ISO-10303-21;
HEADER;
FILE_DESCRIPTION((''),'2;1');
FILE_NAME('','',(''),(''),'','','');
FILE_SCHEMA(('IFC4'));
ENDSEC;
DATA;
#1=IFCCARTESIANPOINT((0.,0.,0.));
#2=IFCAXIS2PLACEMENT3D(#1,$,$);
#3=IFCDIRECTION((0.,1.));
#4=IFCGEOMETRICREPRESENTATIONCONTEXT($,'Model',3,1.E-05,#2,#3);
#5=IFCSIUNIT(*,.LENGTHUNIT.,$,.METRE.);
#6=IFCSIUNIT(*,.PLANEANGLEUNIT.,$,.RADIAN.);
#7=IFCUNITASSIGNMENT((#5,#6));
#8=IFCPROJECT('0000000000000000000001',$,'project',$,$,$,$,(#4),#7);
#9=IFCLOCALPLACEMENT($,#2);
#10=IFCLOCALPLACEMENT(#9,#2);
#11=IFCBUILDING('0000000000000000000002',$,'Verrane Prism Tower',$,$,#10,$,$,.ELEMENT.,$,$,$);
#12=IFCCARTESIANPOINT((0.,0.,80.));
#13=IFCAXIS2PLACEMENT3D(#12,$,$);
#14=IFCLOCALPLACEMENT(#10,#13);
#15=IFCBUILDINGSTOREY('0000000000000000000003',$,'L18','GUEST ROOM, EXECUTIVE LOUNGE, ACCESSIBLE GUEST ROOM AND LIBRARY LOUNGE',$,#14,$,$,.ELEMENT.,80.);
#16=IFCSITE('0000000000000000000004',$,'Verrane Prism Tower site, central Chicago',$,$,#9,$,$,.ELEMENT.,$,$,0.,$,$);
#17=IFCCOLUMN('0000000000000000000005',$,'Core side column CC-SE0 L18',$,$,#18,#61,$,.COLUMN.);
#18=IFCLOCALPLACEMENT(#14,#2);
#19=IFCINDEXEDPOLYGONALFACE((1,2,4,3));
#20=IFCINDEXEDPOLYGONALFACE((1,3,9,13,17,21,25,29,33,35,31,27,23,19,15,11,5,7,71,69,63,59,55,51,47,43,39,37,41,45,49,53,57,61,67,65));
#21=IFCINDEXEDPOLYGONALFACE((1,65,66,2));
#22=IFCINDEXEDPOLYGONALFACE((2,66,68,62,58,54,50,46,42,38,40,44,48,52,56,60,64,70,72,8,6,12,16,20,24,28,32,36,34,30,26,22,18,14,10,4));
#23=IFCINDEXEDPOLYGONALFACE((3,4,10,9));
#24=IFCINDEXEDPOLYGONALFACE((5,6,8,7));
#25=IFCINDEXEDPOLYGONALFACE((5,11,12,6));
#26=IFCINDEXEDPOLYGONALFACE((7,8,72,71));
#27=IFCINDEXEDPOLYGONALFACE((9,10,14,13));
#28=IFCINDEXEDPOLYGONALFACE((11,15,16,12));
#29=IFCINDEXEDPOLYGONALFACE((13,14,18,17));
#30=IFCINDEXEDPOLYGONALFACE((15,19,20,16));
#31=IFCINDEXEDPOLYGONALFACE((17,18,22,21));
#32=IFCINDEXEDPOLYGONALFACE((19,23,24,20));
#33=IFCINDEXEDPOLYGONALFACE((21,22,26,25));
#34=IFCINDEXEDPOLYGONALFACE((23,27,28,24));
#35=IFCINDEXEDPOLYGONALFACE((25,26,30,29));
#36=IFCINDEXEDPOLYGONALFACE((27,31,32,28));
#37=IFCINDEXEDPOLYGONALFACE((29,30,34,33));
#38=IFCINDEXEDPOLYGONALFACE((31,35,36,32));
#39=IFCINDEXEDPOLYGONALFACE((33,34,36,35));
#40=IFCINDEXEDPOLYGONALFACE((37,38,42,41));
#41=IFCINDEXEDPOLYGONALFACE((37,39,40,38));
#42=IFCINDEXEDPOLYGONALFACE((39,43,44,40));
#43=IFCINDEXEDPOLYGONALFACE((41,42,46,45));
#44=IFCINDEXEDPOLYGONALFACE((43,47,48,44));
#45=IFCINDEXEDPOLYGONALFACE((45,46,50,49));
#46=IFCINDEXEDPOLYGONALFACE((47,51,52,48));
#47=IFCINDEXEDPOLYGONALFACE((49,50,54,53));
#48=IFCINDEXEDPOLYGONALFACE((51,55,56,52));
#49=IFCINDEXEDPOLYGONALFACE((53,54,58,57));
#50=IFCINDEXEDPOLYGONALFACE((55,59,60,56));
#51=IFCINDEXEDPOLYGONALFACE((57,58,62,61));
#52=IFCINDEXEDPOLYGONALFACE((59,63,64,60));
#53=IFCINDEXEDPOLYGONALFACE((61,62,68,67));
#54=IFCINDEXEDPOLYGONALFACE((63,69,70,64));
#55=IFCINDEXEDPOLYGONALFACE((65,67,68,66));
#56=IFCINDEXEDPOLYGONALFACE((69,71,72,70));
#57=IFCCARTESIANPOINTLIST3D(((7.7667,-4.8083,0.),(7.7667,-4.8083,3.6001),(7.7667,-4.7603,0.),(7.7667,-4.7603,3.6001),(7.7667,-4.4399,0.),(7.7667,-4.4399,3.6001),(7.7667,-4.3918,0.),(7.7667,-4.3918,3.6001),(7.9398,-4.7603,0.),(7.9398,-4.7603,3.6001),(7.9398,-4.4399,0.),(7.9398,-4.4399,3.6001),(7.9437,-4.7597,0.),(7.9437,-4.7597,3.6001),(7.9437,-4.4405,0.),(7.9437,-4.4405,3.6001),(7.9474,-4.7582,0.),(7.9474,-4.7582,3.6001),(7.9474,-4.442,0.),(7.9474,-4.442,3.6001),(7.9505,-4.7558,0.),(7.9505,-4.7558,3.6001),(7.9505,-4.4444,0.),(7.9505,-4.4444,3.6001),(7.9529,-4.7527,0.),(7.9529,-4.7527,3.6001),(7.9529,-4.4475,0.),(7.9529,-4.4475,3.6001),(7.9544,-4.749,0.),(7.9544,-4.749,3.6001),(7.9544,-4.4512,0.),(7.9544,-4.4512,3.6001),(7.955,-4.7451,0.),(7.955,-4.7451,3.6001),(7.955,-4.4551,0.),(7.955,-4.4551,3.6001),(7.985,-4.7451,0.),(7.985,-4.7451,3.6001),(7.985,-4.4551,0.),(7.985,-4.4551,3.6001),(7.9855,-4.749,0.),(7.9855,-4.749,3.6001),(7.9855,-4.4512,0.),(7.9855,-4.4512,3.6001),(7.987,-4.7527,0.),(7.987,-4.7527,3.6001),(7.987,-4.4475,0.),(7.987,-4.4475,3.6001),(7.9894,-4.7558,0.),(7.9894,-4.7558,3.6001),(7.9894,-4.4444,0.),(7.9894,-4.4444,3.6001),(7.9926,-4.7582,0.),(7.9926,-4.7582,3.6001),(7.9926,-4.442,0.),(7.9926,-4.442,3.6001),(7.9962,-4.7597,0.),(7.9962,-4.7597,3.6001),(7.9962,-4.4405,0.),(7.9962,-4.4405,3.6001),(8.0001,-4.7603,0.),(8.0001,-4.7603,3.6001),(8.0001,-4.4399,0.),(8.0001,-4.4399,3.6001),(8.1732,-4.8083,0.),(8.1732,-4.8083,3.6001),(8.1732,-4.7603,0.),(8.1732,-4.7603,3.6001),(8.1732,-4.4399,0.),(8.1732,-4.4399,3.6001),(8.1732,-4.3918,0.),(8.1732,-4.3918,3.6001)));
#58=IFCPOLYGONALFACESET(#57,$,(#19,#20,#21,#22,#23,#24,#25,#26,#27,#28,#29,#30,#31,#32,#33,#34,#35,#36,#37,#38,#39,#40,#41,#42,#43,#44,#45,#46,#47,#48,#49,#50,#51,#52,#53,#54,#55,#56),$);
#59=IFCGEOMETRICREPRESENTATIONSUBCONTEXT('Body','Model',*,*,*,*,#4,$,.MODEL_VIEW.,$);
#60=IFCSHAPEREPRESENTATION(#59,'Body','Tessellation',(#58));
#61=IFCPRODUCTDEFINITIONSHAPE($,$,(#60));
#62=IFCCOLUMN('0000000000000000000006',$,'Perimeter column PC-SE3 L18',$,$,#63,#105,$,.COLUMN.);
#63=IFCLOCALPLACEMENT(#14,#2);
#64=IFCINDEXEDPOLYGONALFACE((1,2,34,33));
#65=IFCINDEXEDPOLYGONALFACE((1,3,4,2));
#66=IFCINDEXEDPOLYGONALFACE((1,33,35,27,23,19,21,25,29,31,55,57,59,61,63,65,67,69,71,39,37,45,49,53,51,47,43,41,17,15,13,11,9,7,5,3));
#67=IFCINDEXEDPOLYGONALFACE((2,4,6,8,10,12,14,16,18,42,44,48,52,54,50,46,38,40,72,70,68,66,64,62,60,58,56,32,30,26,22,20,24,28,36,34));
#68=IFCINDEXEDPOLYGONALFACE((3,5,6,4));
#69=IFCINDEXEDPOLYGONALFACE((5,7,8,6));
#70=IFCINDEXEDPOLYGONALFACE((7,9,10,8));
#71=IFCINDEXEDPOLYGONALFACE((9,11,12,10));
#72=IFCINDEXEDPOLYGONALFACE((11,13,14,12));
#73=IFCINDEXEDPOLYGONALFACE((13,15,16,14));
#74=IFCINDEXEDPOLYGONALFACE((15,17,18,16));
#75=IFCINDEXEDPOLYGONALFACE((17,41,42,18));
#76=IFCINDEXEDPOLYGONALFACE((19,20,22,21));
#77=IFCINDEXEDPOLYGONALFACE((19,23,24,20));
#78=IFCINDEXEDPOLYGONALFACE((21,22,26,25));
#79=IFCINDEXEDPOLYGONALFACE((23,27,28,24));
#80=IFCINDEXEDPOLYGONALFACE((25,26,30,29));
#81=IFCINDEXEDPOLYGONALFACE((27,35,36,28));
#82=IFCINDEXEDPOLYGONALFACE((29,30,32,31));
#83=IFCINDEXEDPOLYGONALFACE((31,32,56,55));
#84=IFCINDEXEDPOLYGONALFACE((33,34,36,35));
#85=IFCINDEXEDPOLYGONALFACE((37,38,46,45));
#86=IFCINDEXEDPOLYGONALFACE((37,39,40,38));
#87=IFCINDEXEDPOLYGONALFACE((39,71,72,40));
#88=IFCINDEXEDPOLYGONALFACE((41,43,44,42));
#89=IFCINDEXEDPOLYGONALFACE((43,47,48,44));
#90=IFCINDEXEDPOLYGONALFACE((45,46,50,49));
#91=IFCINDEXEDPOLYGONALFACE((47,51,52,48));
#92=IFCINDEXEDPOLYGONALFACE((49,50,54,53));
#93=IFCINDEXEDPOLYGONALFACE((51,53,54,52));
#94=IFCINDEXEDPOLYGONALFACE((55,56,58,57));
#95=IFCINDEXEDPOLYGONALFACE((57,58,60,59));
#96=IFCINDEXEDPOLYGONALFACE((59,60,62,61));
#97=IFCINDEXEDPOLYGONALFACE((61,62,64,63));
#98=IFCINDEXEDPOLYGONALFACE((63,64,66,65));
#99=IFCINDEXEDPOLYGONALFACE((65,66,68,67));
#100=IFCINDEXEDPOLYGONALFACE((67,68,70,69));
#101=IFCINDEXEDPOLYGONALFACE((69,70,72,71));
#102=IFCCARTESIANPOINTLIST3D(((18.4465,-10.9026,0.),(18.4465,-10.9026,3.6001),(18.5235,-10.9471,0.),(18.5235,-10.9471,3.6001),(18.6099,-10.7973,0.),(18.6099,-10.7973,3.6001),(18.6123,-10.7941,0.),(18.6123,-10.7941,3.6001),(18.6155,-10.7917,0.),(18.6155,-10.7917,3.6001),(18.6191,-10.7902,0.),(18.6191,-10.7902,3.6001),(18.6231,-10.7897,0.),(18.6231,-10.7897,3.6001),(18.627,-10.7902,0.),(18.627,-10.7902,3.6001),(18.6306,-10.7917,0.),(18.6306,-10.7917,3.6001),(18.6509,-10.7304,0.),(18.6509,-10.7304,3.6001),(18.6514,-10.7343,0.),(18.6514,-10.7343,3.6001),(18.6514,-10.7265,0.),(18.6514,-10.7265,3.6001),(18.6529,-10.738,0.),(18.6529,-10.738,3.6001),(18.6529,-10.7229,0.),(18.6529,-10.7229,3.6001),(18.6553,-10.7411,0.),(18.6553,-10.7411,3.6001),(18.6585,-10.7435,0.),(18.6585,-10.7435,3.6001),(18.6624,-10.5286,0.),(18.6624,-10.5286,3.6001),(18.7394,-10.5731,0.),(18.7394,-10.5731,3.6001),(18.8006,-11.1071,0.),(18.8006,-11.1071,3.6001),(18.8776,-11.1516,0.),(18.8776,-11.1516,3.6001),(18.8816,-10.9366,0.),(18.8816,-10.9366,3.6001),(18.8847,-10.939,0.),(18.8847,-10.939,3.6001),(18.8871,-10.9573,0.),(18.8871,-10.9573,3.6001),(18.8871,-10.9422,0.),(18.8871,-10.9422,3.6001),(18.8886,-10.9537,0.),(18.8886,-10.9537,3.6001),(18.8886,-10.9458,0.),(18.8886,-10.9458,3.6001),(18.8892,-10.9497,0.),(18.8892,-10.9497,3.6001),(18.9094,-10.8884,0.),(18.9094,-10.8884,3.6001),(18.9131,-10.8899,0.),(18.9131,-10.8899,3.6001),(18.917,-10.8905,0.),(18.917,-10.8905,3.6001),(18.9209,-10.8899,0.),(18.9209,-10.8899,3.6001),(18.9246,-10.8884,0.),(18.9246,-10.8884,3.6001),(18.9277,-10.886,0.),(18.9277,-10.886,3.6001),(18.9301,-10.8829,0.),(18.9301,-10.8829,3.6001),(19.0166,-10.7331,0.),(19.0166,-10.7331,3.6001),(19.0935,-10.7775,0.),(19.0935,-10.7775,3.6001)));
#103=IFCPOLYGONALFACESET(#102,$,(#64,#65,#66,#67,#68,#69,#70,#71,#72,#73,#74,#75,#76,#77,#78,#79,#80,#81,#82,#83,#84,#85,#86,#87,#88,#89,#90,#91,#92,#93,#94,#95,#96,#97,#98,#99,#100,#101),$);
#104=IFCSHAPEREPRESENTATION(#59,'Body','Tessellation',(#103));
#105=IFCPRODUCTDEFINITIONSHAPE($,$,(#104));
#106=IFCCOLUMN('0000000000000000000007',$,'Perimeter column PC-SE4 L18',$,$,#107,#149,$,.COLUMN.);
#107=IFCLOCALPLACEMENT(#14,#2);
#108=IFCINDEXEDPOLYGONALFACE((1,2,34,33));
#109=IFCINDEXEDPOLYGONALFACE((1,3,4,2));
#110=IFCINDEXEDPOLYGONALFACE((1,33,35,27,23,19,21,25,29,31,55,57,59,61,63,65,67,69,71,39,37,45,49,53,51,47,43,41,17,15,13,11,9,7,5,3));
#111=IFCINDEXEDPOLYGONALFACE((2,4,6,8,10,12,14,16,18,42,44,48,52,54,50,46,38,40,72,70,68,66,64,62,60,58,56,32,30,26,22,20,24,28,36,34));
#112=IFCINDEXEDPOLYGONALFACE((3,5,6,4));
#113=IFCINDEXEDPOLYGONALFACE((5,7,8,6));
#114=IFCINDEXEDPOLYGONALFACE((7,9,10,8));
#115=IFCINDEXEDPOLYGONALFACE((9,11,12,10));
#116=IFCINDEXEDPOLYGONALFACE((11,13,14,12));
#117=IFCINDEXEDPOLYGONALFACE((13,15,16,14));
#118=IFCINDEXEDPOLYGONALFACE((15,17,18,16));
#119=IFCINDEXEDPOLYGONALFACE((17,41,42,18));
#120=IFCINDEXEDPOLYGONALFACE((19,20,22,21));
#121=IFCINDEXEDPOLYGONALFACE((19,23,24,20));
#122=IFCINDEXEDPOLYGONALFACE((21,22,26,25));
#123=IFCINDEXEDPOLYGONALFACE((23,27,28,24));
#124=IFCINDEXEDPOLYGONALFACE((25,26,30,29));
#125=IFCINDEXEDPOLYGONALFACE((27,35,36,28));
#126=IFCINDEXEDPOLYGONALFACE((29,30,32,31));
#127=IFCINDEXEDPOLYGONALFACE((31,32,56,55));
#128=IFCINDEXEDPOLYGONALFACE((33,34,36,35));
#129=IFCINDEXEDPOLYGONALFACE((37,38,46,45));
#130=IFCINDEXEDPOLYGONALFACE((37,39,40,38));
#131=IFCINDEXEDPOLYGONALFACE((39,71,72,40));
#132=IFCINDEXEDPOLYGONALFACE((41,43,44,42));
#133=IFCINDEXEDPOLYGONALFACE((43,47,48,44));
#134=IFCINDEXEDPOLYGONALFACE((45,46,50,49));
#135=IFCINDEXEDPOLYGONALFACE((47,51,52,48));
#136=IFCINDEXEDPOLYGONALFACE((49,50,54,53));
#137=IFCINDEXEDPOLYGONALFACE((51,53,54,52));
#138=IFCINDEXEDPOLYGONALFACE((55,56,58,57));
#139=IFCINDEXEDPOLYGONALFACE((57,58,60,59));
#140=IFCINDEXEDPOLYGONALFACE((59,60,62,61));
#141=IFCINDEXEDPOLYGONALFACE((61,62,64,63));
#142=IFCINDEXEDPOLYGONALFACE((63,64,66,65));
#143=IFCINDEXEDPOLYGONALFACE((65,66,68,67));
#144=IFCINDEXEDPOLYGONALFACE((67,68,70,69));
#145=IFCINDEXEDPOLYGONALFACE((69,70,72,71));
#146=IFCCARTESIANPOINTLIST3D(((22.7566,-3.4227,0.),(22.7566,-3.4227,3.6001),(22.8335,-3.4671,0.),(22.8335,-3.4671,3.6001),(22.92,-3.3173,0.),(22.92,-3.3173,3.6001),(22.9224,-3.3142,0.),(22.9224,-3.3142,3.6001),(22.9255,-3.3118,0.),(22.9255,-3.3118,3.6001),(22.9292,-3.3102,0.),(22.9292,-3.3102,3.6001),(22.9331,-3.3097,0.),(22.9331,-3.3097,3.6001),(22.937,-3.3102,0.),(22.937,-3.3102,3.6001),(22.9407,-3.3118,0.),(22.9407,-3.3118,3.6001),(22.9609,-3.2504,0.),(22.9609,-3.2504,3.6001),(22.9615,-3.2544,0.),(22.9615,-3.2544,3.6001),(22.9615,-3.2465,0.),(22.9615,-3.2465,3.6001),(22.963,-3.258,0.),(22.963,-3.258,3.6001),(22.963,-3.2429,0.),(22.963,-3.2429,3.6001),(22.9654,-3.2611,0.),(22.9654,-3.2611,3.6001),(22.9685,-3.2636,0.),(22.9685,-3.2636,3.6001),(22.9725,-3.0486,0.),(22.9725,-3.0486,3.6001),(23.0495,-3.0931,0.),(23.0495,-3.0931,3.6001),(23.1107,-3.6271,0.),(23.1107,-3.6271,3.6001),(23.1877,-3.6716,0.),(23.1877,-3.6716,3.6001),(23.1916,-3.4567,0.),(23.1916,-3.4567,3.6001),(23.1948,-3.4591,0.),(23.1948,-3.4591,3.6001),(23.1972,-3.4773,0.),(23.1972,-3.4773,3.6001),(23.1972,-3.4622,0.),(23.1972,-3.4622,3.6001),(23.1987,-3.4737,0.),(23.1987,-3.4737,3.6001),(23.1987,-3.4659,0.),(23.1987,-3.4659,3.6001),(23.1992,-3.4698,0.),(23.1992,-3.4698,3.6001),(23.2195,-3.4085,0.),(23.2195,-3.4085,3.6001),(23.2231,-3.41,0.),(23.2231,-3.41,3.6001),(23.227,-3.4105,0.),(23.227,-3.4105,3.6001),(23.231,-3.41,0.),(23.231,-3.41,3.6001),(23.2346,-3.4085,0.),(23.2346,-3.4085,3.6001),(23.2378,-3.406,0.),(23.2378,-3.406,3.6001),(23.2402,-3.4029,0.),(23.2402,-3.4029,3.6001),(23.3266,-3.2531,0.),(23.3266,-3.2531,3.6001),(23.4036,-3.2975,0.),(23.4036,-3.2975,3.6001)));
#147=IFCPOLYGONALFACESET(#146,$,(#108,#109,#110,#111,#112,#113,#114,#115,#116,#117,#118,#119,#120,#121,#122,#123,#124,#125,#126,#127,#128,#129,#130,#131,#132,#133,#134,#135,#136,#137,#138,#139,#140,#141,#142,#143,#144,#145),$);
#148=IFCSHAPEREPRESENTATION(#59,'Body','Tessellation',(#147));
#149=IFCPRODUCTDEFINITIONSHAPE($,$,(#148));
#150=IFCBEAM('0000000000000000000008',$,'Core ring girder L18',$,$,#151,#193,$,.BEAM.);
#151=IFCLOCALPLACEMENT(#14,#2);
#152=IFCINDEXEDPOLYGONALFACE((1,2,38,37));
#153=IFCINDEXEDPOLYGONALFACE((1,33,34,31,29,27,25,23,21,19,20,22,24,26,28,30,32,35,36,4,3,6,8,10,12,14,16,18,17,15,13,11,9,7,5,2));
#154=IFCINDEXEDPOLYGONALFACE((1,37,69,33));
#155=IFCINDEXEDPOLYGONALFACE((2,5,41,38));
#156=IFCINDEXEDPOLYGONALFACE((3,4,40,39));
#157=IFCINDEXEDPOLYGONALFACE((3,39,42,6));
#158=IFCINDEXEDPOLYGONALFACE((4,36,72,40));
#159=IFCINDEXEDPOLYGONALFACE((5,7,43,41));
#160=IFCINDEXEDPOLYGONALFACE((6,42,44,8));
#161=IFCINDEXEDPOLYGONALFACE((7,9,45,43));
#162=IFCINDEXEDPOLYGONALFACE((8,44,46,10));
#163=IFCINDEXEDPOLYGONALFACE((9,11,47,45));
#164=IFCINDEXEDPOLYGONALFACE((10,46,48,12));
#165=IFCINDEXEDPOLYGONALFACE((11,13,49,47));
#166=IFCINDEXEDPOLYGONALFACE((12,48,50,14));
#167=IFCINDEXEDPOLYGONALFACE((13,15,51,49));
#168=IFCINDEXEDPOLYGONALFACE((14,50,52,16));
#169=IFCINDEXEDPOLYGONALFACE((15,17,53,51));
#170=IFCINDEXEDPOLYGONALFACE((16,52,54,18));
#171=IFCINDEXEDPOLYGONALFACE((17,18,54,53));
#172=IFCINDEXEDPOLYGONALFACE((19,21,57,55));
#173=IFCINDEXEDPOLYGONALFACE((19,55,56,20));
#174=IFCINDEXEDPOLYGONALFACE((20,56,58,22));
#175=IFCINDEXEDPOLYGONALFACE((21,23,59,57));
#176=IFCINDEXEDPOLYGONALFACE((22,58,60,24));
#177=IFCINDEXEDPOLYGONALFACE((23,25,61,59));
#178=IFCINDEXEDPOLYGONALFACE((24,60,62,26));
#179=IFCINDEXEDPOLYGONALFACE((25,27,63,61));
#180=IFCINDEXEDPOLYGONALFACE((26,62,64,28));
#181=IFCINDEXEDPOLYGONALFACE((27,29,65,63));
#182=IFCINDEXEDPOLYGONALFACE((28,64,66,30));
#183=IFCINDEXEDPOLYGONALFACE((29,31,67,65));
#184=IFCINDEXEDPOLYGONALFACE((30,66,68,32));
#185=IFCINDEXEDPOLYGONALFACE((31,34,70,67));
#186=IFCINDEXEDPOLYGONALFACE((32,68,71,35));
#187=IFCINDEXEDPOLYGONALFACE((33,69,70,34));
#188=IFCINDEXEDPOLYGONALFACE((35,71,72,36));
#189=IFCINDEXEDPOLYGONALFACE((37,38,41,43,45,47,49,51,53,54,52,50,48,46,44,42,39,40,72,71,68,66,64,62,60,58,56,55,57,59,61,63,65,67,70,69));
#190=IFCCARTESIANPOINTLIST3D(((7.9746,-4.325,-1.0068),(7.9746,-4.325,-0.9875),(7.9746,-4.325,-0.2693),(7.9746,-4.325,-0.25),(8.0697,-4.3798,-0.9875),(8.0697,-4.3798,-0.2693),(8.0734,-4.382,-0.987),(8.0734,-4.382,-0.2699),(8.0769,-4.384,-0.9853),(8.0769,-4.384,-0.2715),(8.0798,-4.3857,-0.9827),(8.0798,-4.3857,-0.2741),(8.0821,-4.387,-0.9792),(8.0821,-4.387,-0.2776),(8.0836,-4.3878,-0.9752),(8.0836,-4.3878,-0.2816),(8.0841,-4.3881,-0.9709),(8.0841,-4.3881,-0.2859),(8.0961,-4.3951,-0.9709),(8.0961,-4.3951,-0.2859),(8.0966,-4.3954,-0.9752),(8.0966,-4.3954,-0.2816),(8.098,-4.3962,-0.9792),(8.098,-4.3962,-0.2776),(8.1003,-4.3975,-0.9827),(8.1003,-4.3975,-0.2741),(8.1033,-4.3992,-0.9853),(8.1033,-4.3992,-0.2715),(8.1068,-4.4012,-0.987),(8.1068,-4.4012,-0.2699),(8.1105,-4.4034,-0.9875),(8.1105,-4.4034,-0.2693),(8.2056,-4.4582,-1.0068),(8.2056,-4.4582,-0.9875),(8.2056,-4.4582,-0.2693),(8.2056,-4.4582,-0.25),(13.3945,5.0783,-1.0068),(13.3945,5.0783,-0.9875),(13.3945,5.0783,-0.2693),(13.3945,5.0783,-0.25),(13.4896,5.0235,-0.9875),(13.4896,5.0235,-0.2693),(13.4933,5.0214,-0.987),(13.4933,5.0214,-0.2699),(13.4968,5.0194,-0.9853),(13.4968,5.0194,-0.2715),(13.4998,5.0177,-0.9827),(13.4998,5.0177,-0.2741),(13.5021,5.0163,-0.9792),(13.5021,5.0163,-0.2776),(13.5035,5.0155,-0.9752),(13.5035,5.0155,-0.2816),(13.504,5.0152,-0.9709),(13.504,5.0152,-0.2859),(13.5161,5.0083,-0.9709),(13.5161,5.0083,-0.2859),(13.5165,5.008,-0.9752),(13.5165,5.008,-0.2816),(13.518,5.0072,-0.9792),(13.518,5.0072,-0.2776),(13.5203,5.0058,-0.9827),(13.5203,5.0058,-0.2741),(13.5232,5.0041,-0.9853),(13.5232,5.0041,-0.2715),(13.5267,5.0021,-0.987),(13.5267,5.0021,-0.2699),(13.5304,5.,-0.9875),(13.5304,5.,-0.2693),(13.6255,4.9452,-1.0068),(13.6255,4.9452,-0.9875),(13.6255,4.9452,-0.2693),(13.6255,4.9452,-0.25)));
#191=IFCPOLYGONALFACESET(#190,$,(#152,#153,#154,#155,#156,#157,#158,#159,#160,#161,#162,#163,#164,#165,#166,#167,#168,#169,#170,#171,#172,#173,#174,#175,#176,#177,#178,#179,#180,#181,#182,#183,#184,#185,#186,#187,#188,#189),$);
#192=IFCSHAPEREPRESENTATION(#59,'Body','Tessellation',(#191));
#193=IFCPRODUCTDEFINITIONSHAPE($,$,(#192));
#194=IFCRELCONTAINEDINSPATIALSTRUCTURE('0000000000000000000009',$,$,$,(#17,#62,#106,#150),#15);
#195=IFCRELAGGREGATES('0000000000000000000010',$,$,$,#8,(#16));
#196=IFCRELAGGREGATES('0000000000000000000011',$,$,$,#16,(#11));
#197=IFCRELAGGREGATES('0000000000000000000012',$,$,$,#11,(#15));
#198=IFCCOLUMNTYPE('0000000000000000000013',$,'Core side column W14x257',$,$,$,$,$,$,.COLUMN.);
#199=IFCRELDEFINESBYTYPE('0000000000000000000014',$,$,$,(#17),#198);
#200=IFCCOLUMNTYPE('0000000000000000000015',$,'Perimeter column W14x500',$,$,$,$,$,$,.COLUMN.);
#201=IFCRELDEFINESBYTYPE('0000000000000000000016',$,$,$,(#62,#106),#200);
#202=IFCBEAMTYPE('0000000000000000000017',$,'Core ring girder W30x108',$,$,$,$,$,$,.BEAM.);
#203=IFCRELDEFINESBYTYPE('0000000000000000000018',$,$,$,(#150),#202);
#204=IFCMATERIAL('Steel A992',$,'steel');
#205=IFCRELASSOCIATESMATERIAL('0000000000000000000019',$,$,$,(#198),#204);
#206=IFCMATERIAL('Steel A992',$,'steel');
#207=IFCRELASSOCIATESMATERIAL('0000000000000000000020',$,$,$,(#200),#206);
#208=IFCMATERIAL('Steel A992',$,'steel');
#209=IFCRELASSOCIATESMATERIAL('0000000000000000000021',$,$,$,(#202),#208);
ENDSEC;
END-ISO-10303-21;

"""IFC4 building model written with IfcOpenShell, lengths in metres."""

from ifc_helpers import new_model, si_unit, direction, frame, origin, origin_2d, place, context, subcontext, project, spatial, i_section, extrude, material, material_profile, profile_set, type_object, element, save


model = new_model("IFC4")

# Units and contexts
model_context = context("Model", 3, precision=1e-05, world=origin(), true_north=direction((0.0, 1.0)))
body_context = subcontext(model_context, "Body", "Model", "MODEL_VIEW")
ifc_project = project(units=[si_unit("LENGTHUNIT", "METRE"), si_unit("PLANEANGLEUNIT", "RADIAN")], contexts=[model_context])

# Site, building, storey
site_placement = place(None, origin())
site = spatial("IfcSite", under=ifc_project, at=site_placement, Name="Verrane Prism Tower site, central Chicago", CompositionType="ELEMENT", RefElevation=0.0)
building_placement = place(site_placement, origin())
building = spatial("IfcBuilding", under=site, at=building_placement, Name="Verrane Prism Tower", CompositionType="ELEMENT")
storey_placement = place(building_placement, frame((0.0, 0.0, 80.0)))
storey = spatial("IfcBuildingStorey", under=building, at=storey_placement, Name="L18", Description="GUEST ROOM, EXECUTIVE LOUNGE, ACCESSIBLE GUEST ROOM AND LIBRARY LOUNGE", CompositionType="ELEMENT", Elevation=80.0)

# Columns
ifc_material_1 = material(Name="Steel A992", Category="steel")
ifc_material_profile_1 = material_profile(ifc_material_1, i_section(OverallWidth=0.4065, OverallDepth=0.4165, WebThickness=0.03, FlangeThickness=0.0481, FilletRadius=0.0151, at=origin_2d()), Name="W14x257")
ifc_profile_set_1 = profile_set([ifc_material_profile_1], Name="Steel A992")
column_type_1 = type_object("IfcColumnType", Name="Core side column W14x257", PredefinedType="COLUMN", material=ifc_profile_set_1)
column_placement = place(storey_placement, frame((7.97, -4.6001, 0.0), z_axis=(0.0, 0.0, 1.0), x_axis=(1.0, 0.0, 0.0)))
element("IfcColumn", 1, at=column_placement, inside=storey, type_object=column_type_1, Name="Core side column CC-SE0 L18", PredefinedType="COLUMN", context=body_context, shape_type="SweptSolid", body=[
    extrude(i_section(OverallWidth=0.4065, OverallDepth=0.4165, WebThickness=0.03, FlangeThickness=0.0481, FilletRadius=0.0151, at=origin_2d()), origin(), (0.0, 0.0, 1.0), 3.6001),
])
ifc_material_2 = material(Name="Steel A992", Category="steel")
ifc_material_profile_2 = material_profile(ifc_material_2, i_section(OverallWidth=0.4319, OverallDepth=0.4978, WebThickness=0.0557, FlangeThickness=0.0889, FilletRadius=0.0151, at=origin_2d()), Name="W14x500")
ifc_profile_set_2 = profile_set([ifc_material_profile_2], Name="Steel A992")
column_type_2 = type_object("IfcColumnType", Name="Perimeter column W14x500", PredefinedType="COLUMN", material=ifc_profile_set_2)
for number, where, z_axis, x_axis, name in (
    (2, (18.77, -10.8401, 0.0), (0.0, 0.0, 1.0), (-0.5, -0.866025, 0.0), "Perimeter column PC-SE3 L18"),
    (3, (23.0801, -3.3601, 0.0), (0.0, 0.0, 1.0), (-0.5, -0.866025, 0.0), "Perimeter column PC-SE4 L18"),
):
    element("IfcColumn", number, at=place(storey_placement, frame(where, z_axis=z_axis, x_axis=x_axis)), inside=storey, type_object=column_type_2, Name=name, PredefinedType="COLUMN", context=body_context, shape_type="SweptSolid", body=[
        extrude(i_section(OverallWidth=0.4319, OverallDepth=0.4978, WebThickness=0.0557, FlangeThickness=0.0889, FilletRadius=0.0151, at=origin_2d()), origin(), (0.0, 0.0, 1.0), 3.6001),
    ])

# Beam
ifc_material_3 = material(Name="Steel A992", Category="steel")
ifc_material_profile_3 = material_profile(ifc_material_3, i_section(OverallWidth=0.2666, OverallDepth=0.7568, WebThickness=0.0139, FlangeThickness=0.0193, FilletRadius=0.0166, at=origin_2d()), Name="W30x108")
ifc_profile_set_3 = profile_set([ifc_material_profile_3], Name="Steel A992")
beam_type_1 = type_object("IfcBeamType", Name="Core ring girder W30x108", PredefinedType="BEAM", material=ifc_profile_set_3)
beam_1_placement = place(storey_placement, frame((8.0901, -4.3916, -0.6284), z_axis=(0.499372, 0.866388, 0.0), x_axis=(-0.866388, 0.499372, 0.0)))
element("IfcBeam", 4, at=beam_1_placement, inside=storey, type_object=beam_type_1, Name="Core ring girder L18", PredefinedType="BEAM", context=body_context, shape_type="SweptSolid", body=[
    extrude(i_section(OverallWidth=0.2666, OverallDepth=0.7568, WebThickness=0.0139, FlangeThickness=0.0193, FilletRadius=0.0166, at=origin_2d()), origin(), (0.0, 0.0, 1.0), 10.8535),
])

save(model, "model.ifc")
